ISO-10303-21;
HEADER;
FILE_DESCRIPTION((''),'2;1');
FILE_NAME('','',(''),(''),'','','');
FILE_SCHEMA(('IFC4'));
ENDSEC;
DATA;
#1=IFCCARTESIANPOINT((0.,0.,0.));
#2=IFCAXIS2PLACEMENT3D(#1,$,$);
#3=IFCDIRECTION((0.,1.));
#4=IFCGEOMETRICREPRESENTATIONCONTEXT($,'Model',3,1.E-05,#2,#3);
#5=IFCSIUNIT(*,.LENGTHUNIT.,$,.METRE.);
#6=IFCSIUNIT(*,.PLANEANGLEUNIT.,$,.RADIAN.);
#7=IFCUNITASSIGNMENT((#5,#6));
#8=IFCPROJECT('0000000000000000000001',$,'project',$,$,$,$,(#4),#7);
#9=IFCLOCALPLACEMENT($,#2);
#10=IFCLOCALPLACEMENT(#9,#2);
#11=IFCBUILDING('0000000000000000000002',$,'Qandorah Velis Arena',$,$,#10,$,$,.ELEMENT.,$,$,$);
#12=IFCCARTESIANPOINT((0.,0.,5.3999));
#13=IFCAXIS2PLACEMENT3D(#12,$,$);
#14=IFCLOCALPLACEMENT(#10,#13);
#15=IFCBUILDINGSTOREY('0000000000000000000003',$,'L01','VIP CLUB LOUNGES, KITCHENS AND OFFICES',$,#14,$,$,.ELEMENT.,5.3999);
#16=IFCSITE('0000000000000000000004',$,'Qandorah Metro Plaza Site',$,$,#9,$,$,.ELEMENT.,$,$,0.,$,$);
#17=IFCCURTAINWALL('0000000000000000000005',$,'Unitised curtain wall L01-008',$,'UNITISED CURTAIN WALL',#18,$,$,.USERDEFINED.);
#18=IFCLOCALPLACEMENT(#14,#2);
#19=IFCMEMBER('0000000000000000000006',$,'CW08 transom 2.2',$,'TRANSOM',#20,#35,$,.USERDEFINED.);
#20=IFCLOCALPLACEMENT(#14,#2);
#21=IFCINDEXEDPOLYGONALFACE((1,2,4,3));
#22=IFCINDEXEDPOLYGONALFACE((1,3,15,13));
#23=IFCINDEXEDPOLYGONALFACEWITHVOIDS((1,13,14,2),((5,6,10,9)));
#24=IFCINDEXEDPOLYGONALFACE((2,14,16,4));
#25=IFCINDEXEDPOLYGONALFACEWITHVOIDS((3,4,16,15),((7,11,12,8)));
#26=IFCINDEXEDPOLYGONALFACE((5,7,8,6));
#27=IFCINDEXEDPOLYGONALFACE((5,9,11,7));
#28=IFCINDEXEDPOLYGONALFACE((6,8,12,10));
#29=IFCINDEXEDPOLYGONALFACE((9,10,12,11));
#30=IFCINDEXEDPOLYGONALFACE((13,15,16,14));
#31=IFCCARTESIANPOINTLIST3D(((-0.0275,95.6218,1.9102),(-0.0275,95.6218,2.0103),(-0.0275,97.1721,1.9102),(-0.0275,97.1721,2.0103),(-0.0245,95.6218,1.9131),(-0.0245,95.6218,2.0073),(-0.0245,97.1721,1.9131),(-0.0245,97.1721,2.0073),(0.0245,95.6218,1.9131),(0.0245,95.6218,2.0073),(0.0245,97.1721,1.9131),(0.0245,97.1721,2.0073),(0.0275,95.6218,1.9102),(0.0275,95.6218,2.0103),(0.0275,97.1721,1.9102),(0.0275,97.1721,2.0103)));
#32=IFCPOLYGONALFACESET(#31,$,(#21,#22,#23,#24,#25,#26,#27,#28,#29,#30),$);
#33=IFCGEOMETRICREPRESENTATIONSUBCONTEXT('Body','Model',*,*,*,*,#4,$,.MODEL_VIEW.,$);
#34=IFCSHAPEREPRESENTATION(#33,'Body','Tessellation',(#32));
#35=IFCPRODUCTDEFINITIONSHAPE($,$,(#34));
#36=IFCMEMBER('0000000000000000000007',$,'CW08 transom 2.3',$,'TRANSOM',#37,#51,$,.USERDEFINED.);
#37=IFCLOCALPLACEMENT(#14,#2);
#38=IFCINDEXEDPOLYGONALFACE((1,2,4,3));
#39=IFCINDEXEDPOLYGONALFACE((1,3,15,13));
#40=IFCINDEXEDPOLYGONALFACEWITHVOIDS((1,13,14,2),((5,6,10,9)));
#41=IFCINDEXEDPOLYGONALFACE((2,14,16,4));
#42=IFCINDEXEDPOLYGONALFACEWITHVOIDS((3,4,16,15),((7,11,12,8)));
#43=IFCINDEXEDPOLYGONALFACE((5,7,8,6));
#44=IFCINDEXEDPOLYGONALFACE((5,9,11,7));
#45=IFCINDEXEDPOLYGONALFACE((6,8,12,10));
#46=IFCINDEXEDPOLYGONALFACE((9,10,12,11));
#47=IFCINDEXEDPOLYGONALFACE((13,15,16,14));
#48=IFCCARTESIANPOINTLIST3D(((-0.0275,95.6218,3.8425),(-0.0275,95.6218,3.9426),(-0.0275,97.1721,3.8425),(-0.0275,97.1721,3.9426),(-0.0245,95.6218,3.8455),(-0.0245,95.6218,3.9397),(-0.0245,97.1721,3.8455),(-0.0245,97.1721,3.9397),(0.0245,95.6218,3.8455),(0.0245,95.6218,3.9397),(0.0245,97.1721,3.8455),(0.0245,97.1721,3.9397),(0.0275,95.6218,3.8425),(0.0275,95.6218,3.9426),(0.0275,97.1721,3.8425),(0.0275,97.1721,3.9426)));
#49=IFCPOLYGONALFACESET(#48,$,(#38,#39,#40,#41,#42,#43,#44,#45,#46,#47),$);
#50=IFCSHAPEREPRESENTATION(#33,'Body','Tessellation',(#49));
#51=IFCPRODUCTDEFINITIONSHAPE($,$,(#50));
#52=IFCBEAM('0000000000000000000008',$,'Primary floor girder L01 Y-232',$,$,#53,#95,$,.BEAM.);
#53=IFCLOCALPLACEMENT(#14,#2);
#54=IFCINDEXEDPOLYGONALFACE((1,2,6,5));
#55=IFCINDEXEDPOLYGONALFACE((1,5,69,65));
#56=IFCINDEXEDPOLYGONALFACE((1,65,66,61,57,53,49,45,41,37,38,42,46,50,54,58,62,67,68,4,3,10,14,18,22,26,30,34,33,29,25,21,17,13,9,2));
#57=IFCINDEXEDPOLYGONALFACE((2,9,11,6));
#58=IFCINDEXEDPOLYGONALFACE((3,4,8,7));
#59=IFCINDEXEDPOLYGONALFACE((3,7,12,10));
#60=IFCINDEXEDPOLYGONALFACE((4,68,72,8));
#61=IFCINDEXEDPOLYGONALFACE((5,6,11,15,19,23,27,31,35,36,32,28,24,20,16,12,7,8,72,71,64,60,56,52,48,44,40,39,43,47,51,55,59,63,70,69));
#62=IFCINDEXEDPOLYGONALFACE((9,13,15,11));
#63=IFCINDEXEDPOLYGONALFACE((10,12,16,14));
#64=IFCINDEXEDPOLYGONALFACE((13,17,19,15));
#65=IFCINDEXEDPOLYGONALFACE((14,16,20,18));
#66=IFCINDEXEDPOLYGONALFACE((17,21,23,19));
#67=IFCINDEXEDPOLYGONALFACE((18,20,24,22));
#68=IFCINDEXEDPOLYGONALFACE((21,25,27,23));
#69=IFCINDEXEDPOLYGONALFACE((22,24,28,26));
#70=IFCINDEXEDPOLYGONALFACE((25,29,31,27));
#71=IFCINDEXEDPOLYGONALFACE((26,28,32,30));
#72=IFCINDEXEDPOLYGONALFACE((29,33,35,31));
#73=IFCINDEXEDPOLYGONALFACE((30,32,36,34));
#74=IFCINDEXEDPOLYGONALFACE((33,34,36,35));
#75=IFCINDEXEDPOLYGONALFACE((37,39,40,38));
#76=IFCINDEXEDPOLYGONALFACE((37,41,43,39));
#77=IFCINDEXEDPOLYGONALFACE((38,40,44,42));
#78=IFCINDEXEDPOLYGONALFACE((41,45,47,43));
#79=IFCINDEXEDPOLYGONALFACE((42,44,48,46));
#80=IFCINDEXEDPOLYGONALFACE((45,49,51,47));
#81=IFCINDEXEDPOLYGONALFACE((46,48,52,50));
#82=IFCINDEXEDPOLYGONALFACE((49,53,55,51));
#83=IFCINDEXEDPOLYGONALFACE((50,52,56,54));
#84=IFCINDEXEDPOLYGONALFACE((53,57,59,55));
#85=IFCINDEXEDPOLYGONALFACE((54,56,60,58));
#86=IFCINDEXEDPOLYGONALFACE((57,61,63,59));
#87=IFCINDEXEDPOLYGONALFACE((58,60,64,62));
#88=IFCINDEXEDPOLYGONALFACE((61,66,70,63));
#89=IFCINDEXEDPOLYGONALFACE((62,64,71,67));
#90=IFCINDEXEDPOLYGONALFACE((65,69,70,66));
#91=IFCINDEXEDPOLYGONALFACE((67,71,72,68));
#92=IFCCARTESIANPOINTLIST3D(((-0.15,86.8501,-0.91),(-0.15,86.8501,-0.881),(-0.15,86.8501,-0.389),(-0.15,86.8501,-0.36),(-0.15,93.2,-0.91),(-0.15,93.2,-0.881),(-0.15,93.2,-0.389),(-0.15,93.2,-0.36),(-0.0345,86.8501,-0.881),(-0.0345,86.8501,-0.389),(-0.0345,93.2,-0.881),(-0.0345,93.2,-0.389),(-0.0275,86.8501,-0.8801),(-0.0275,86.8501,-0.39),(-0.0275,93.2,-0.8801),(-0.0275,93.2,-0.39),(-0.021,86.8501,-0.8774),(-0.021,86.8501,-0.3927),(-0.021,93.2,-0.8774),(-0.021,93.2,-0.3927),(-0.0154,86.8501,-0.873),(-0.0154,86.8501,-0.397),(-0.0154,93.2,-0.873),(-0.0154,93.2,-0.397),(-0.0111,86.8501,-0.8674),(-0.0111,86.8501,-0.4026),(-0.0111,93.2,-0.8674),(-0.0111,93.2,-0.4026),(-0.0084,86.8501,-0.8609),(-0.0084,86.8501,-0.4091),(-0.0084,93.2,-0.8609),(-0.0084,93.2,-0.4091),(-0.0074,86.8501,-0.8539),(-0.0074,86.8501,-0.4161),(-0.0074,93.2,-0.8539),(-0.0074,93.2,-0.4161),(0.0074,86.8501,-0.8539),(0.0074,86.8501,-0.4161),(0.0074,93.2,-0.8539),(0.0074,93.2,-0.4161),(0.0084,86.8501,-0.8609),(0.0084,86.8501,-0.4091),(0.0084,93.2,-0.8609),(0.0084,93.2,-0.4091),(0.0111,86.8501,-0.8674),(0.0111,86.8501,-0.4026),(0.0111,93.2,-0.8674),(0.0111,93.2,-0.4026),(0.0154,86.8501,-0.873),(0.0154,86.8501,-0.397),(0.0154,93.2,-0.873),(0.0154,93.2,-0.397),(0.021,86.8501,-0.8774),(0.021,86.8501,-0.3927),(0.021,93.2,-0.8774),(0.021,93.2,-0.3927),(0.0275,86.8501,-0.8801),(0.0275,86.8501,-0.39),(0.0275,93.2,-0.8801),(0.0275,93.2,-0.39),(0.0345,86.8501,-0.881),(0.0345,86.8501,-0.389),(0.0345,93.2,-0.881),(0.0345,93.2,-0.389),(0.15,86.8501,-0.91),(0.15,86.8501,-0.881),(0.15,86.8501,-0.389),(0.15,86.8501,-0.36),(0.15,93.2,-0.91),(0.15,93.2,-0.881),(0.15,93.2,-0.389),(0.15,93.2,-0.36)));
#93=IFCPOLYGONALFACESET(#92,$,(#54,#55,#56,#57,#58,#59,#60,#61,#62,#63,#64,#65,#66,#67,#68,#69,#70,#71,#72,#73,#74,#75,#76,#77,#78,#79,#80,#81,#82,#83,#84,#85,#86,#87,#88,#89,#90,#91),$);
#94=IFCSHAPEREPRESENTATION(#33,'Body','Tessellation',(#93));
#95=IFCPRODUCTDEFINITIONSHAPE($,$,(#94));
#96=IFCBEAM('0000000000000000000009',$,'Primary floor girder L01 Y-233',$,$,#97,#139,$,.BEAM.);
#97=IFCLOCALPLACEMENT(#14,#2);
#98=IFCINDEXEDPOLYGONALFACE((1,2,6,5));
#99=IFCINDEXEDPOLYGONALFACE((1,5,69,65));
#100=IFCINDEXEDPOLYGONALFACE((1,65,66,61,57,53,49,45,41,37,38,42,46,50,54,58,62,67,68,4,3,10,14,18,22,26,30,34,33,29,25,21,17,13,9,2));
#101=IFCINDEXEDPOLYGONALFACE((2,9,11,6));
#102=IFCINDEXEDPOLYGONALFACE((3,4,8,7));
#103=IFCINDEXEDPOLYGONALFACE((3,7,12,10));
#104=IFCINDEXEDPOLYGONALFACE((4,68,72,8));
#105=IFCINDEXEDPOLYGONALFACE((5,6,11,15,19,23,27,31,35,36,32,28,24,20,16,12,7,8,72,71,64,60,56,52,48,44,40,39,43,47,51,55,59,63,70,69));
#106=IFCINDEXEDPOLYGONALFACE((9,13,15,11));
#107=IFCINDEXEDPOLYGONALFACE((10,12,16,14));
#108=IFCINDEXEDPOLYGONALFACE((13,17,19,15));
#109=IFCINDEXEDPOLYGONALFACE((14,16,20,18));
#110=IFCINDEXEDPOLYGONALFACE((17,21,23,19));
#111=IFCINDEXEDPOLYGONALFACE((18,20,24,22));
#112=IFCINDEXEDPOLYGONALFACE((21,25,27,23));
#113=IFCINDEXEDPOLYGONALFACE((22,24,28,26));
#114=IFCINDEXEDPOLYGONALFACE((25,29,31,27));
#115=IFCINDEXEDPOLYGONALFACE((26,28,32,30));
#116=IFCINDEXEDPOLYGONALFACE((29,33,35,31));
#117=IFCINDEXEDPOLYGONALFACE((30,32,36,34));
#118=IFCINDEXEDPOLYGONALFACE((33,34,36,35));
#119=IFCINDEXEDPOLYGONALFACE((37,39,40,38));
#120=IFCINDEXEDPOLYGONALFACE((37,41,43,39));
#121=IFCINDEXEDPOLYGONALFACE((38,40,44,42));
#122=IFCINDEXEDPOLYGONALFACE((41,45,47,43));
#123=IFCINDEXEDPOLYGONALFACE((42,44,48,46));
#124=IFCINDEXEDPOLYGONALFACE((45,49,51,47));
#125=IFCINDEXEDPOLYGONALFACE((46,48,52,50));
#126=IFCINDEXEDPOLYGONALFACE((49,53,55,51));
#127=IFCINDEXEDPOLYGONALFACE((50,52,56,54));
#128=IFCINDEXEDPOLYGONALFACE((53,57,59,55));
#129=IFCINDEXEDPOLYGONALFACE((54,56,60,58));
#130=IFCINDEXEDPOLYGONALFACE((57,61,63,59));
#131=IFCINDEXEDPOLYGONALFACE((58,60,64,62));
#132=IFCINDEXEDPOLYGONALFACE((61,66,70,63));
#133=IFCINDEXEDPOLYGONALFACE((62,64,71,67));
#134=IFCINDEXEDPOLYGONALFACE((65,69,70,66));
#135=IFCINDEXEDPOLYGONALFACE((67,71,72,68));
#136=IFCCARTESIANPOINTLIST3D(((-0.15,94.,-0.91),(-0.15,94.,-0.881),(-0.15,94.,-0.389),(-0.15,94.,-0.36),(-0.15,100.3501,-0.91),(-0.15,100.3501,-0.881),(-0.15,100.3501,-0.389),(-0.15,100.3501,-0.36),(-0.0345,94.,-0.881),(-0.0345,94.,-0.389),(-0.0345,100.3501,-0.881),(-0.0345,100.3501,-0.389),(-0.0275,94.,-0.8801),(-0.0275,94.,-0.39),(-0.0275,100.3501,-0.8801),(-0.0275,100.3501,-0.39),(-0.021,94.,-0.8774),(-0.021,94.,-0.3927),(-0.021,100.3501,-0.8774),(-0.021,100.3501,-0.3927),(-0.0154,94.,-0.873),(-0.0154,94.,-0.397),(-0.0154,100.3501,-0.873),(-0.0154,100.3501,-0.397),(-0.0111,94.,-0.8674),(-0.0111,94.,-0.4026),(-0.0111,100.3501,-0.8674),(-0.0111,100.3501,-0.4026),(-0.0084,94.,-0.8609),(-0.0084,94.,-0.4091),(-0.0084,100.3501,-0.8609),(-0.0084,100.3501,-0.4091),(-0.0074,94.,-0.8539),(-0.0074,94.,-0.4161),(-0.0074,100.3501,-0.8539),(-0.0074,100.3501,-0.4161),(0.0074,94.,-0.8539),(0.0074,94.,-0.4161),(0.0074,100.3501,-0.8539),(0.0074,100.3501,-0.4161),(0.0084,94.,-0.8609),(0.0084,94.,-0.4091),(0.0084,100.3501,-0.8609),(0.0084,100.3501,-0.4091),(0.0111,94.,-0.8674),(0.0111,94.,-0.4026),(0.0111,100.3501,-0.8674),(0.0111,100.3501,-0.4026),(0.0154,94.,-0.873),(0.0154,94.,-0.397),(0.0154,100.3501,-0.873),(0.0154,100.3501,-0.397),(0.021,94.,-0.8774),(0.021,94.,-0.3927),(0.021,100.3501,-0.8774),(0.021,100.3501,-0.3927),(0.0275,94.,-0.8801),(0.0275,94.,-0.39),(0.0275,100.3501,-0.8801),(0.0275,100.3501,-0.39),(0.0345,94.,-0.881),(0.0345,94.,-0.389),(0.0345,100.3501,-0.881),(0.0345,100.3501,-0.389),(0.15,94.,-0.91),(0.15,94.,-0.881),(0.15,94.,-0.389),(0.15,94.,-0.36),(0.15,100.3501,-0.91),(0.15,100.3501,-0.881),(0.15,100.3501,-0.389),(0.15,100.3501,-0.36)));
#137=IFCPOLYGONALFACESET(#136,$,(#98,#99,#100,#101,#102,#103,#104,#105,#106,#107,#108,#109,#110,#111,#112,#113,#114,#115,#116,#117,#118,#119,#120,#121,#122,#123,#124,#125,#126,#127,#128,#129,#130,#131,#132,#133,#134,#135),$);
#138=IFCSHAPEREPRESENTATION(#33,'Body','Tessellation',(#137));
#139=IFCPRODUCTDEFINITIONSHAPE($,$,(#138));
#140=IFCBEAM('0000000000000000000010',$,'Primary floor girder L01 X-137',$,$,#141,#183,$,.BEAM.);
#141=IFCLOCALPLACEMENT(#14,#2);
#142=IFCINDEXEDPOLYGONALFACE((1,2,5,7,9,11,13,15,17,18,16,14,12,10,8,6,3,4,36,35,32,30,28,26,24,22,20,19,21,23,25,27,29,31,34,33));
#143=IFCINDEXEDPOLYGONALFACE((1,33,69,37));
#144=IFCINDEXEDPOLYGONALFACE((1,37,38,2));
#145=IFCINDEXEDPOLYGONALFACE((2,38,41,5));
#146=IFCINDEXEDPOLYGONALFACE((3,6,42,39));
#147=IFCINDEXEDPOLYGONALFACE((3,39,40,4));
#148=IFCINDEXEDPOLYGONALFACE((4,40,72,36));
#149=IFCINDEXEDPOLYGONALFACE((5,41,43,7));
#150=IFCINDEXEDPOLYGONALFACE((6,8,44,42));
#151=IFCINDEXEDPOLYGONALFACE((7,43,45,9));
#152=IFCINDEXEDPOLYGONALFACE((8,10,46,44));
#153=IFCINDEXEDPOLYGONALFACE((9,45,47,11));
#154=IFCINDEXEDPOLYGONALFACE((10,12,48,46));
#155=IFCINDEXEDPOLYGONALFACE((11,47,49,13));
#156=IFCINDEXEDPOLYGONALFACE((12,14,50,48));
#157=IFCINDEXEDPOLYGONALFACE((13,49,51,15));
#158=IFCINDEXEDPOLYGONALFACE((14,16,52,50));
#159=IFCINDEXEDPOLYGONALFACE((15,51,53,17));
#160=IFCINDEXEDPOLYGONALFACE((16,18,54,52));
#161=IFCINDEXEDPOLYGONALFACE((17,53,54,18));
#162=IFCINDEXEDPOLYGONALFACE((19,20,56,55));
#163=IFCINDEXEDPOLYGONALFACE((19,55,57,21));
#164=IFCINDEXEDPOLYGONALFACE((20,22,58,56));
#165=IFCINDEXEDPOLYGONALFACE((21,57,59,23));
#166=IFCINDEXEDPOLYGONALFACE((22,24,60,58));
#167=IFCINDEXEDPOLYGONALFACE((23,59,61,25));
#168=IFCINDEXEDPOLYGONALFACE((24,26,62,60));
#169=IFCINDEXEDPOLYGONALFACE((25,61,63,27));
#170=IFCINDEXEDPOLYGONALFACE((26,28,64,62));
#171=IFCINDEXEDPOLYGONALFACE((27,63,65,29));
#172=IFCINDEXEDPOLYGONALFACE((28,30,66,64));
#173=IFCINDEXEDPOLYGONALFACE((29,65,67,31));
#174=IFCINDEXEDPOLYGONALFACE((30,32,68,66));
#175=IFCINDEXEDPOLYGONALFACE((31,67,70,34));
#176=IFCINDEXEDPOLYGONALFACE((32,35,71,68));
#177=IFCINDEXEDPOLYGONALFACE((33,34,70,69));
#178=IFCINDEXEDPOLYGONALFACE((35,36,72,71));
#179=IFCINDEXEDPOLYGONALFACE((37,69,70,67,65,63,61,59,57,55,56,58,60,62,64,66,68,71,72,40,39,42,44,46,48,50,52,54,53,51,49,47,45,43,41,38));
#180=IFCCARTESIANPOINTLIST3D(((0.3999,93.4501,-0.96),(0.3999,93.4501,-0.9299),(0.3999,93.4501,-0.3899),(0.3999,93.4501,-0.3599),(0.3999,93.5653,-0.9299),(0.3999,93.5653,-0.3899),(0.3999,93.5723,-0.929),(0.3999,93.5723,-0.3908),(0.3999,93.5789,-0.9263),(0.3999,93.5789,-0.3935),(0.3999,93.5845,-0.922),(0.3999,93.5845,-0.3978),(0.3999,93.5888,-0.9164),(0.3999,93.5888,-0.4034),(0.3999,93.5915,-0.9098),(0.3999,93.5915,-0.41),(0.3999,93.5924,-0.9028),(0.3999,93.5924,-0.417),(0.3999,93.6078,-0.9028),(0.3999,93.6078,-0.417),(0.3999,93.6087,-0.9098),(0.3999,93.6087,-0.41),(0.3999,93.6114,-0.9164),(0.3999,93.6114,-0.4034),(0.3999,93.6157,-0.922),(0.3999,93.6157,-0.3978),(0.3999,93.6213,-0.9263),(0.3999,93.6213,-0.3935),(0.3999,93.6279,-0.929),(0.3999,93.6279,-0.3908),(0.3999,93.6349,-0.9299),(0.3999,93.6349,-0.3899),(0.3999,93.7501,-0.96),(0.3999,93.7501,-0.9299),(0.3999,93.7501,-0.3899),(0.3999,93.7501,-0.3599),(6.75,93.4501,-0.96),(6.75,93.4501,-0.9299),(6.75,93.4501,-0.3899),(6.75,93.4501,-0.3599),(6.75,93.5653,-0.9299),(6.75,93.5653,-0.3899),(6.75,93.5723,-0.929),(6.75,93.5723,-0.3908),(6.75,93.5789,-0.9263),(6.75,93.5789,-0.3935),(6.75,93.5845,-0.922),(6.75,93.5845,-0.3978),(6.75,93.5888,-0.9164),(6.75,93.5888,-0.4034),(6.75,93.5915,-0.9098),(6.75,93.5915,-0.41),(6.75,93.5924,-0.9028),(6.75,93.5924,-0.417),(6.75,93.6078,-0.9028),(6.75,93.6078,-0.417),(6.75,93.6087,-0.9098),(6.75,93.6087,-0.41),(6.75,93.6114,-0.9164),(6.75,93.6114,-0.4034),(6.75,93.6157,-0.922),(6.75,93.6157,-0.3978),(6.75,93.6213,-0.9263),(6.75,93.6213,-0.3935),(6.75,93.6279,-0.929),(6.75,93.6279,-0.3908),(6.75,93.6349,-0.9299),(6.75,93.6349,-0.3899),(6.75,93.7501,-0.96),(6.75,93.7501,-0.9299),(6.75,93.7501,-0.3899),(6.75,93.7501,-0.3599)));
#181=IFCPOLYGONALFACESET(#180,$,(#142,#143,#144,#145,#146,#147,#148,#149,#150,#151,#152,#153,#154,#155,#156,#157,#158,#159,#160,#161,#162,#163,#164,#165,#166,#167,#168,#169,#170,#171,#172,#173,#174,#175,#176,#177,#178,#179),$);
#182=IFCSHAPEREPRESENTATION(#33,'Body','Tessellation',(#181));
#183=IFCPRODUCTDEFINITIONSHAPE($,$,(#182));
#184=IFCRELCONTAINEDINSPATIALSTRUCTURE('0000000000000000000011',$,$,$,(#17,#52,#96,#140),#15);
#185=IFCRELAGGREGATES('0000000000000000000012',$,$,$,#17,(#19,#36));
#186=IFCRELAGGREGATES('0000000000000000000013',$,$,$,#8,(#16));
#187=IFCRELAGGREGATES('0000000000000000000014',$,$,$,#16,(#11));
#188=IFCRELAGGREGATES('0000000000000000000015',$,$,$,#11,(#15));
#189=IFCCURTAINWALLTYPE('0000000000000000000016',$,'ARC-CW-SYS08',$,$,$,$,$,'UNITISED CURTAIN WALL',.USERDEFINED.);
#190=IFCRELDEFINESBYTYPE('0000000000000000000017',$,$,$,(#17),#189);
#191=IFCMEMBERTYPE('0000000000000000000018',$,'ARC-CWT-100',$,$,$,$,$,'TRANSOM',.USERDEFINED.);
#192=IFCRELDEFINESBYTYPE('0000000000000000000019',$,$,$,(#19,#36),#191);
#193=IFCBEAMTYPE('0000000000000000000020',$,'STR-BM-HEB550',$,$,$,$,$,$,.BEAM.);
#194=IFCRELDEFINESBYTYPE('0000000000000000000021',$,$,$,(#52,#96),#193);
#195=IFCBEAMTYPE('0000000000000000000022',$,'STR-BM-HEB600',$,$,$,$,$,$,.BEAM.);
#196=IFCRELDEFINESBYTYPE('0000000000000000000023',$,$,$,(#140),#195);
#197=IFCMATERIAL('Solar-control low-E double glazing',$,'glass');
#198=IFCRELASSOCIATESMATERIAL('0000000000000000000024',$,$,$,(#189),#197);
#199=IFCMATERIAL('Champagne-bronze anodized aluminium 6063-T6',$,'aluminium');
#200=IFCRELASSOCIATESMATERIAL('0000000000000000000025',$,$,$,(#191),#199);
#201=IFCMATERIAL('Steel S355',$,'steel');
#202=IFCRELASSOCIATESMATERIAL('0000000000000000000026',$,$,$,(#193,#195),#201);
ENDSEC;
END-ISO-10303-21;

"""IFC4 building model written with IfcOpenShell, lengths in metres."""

from ifc_helpers import new_model, si_unit, direction, frame, origin, origin_2d, place, context, subcontext, project, spatial, hollow_rectangle, i_section, extrude, material, material_profile, profile_set, type_object, element, aggregate, save


model = new_model("IFC4")

# Units and contexts
model_context = context("Model", 3, precision=1e-05, world=origin(), true_north=direction((0.0, 1.0)))
body_context = subcontext(model_context, "Body", "Model", "MODEL_VIEW")
ifc_project = project(units=[si_unit("LENGTHUNIT", "METRE"), si_unit("PLANEANGLEUNIT", "RADIAN")], contexts=[model_context])

# Site, building, storey
site_placement = place(None, origin())
site = spatial("IfcSite", under=ifc_project, at=site_placement, Name="Qandorah Metro Plaza Site", CompositionType="ELEMENT", RefElevation=0.0)
building_placement = place(site_placement, origin())
building = spatial("IfcBuilding", under=site, at=building_placement, Name="Qandorah Velis Arena", CompositionType="ELEMENT")
storey_placement = place(building_placement, frame((0.0, 0.0, 5.3999)))
storey = spatial("IfcBuildingStorey", under=building, at=storey_placement, Name="L01", Description="VIP CLUB LOUNGES, KITCHENS AND OFFICES", CompositionType="ELEMENT", Elevation=5.3999)

# Curtain wall, members
ifc_material_1 = material(Name="Solar-control low-E double glazing", Category="glass")
curtain_wall_type = type_object("IfcCurtainWallType", Name="ARC-CW-SYS08", ElementType="UNITISED CURTAIN WALL", PredefinedType="USERDEFINED", material=ifc_material_1)
curtain_wall_placement = place(storey_placement, origin())
curtain_wall = element("IfcCurtainWall", 1, at=curtain_wall_placement, inside=storey, type_object=curtain_wall_type, Name="Unitised curtain wall L01-008", ObjectType="UNITISED CURTAIN WALL", PredefinedType="USERDEFINED")
ifc_material_2 = material(Name="Champagne-bronze anodized aluminium 6063-T6", Category="aluminium")
ifc_material_profile_1 = material_profile(ifc_material_2, hollow_rectangle(XDim=0.0549, YDim=0.1001, WallThickness=0.0029, at=origin_2d()), Name="ALU TRANSOM 55x100")
ifc_profile_set_1 = profile_set([ifc_material_profile_1], Name="Champagne-bronze anodized aluminium 6063-T6")
member_type_1 = type_object("IfcMemberType", Name="ARC-CWT-100", ElementType="TRANSOM", PredefinedType="USERDEFINED", material=ifc_profile_set_1)
member_1_placement = place(storey_placement, frame((0.0, 95.6218, 1.9602), z_axis=(0.0, 1.0, 0.0), x_axis=(-1.0, 0.0, 0.0)))
member_1 = element("IfcMember", 2, at=member_1_placement, type_object=member_type_1, Name="CW08 transom 2.2", ObjectType="TRANSOM", PredefinedType="USERDEFINED", context=body_context, shape_type="SweptSolid", body=[
    extrude(hollow_rectangle(XDim=0.0549, YDim=0.1001, WallThickness=0.0029, at=origin_2d()), origin(), (0.0, 0.0, 1.0), 1.5503),
])
member_2_placement = place(storey_placement, frame((0.0, 95.6218, 3.8926), z_axis=(0.0, 1.0, 0.0), x_axis=(-1.0, 0.0, 0.0)))
member_2 = element("IfcMember", 3, at=member_2_placement, type_object=member_type_1, Name="CW08 transom 2.3", ObjectType="TRANSOM", PredefinedType="USERDEFINED", context=body_context, shape_type="SweptSolid", body=[
    extrude(hollow_rectangle(XDim=0.0549, YDim=0.1001, WallThickness=0.0029, at=origin_2d()), origin(), (0.0, 0.0, 1.0), 1.5503),
])

# Beams
ifc_material_3 = material(Name="Steel S355", Category="steel")
ifc_material_profile_2 = material_profile(ifc_material_3, i_section(OverallWidth=0.3, OverallDepth=0.55, WebThickness=0.0149, FlangeThickness=0.0291, FilletRadius=0.0271, at=origin_2d()), Name="HEB 550")
ifc_profile_set_2 = profile_set([ifc_material_profile_2], Name="Steel S355")
beam_type_1 = type_object("IfcBeamType", Name="STR-BM-HEB550", PredefinedType="BEAM", material=ifc_profile_set_2)
beam_1_placement = place(storey_placement, frame((0.0, 86.8501, -0.635), z_axis=(0.0, 1.0, 0.0), x_axis=(-1.0, 0.0, 0.0)))
element("IfcBeam", 4, at=beam_1_placement, inside=storey, type_object=beam_type_1, Name="Primary floor girder L01 Y-232", PredefinedType="BEAM", context=body_context, shape_type="SweptSolid", body=[
    extrude(i_section(OverallWidth=0.3, OverallDepth=0.55, WebThickness=0.0149, FlangeThickness=0.0291, FilletRadius=0.0271, at=origin_2d()), origin(), (0.0, 0.0, 1.0), 6.3499),
])
beam_2_placement = place(storey_placement, frame((0.0, 94.0, -0.635), z_axis=(0.0, 1.0, 0.0), x_axis=(-1.0, 0.0, 0.0)))
element("IfcBeam", 5, at=beam_2_placement, inside=storey, type_object=beam_type_1, Name="Primary floor girder L01 Y-233", PredefinedType="BEAM", context=body_context, shape_type="SweptSolid", body=[
    extrude(i_section(OverallWidth=0.3, OverallDepth=0.55, WebThickness=0.0149, FlangeThickness=0.0291, FilletRadius=0.0271, at=origin_2d()), origin(), (0.0, 0.0, 1.0), 6.3501),
])
ifc_material_profile_3 = material_profile(ifc_material_3, i_section(OverallWidth=0.3, OverallDepth=0.6001, WebThickness=0.0154, FlangeThickness=0.03, FilletRadius=0.0271, at=origin_2d()), Name="HEB 600")
ifc_profile_set_3 = profile_set([ifc_material_profile_3], Name="Steel S355")
beam_type_2 = type_object("IfcBeamType", Name="STR-BM-HEB600", PredefinedType="BEAM", material=ifc_profile_set_3)
beam_3_placement = place(storey_placement, frame((0.3999, 93.6001, -0.6599), z_axis=(1.0, 0.0, 0.0), x_axis=(0.0, 1.0, 0.0)))
element("IfcBeam", 6, at=beam_3_placement, inside=storey, type_object=beam_type_2, Name="Primary floor girder L01 X-137", PredefinedType="BEAM", context=body_context, shape_type="SweptSolid", body=[
    extrude(i_section(OverallWidth=0.3, OverallDepth=0.6001, WebThickness=0.0154, FlangeThickness=0.03, FilletRadius=0.0271, at=origin_2d()), origin(), (0.0, 0.0, 1.0), 6.3501),
])

aggregate(curtain_wall, [member_1, member_2])

save(model, "model.ifc")
